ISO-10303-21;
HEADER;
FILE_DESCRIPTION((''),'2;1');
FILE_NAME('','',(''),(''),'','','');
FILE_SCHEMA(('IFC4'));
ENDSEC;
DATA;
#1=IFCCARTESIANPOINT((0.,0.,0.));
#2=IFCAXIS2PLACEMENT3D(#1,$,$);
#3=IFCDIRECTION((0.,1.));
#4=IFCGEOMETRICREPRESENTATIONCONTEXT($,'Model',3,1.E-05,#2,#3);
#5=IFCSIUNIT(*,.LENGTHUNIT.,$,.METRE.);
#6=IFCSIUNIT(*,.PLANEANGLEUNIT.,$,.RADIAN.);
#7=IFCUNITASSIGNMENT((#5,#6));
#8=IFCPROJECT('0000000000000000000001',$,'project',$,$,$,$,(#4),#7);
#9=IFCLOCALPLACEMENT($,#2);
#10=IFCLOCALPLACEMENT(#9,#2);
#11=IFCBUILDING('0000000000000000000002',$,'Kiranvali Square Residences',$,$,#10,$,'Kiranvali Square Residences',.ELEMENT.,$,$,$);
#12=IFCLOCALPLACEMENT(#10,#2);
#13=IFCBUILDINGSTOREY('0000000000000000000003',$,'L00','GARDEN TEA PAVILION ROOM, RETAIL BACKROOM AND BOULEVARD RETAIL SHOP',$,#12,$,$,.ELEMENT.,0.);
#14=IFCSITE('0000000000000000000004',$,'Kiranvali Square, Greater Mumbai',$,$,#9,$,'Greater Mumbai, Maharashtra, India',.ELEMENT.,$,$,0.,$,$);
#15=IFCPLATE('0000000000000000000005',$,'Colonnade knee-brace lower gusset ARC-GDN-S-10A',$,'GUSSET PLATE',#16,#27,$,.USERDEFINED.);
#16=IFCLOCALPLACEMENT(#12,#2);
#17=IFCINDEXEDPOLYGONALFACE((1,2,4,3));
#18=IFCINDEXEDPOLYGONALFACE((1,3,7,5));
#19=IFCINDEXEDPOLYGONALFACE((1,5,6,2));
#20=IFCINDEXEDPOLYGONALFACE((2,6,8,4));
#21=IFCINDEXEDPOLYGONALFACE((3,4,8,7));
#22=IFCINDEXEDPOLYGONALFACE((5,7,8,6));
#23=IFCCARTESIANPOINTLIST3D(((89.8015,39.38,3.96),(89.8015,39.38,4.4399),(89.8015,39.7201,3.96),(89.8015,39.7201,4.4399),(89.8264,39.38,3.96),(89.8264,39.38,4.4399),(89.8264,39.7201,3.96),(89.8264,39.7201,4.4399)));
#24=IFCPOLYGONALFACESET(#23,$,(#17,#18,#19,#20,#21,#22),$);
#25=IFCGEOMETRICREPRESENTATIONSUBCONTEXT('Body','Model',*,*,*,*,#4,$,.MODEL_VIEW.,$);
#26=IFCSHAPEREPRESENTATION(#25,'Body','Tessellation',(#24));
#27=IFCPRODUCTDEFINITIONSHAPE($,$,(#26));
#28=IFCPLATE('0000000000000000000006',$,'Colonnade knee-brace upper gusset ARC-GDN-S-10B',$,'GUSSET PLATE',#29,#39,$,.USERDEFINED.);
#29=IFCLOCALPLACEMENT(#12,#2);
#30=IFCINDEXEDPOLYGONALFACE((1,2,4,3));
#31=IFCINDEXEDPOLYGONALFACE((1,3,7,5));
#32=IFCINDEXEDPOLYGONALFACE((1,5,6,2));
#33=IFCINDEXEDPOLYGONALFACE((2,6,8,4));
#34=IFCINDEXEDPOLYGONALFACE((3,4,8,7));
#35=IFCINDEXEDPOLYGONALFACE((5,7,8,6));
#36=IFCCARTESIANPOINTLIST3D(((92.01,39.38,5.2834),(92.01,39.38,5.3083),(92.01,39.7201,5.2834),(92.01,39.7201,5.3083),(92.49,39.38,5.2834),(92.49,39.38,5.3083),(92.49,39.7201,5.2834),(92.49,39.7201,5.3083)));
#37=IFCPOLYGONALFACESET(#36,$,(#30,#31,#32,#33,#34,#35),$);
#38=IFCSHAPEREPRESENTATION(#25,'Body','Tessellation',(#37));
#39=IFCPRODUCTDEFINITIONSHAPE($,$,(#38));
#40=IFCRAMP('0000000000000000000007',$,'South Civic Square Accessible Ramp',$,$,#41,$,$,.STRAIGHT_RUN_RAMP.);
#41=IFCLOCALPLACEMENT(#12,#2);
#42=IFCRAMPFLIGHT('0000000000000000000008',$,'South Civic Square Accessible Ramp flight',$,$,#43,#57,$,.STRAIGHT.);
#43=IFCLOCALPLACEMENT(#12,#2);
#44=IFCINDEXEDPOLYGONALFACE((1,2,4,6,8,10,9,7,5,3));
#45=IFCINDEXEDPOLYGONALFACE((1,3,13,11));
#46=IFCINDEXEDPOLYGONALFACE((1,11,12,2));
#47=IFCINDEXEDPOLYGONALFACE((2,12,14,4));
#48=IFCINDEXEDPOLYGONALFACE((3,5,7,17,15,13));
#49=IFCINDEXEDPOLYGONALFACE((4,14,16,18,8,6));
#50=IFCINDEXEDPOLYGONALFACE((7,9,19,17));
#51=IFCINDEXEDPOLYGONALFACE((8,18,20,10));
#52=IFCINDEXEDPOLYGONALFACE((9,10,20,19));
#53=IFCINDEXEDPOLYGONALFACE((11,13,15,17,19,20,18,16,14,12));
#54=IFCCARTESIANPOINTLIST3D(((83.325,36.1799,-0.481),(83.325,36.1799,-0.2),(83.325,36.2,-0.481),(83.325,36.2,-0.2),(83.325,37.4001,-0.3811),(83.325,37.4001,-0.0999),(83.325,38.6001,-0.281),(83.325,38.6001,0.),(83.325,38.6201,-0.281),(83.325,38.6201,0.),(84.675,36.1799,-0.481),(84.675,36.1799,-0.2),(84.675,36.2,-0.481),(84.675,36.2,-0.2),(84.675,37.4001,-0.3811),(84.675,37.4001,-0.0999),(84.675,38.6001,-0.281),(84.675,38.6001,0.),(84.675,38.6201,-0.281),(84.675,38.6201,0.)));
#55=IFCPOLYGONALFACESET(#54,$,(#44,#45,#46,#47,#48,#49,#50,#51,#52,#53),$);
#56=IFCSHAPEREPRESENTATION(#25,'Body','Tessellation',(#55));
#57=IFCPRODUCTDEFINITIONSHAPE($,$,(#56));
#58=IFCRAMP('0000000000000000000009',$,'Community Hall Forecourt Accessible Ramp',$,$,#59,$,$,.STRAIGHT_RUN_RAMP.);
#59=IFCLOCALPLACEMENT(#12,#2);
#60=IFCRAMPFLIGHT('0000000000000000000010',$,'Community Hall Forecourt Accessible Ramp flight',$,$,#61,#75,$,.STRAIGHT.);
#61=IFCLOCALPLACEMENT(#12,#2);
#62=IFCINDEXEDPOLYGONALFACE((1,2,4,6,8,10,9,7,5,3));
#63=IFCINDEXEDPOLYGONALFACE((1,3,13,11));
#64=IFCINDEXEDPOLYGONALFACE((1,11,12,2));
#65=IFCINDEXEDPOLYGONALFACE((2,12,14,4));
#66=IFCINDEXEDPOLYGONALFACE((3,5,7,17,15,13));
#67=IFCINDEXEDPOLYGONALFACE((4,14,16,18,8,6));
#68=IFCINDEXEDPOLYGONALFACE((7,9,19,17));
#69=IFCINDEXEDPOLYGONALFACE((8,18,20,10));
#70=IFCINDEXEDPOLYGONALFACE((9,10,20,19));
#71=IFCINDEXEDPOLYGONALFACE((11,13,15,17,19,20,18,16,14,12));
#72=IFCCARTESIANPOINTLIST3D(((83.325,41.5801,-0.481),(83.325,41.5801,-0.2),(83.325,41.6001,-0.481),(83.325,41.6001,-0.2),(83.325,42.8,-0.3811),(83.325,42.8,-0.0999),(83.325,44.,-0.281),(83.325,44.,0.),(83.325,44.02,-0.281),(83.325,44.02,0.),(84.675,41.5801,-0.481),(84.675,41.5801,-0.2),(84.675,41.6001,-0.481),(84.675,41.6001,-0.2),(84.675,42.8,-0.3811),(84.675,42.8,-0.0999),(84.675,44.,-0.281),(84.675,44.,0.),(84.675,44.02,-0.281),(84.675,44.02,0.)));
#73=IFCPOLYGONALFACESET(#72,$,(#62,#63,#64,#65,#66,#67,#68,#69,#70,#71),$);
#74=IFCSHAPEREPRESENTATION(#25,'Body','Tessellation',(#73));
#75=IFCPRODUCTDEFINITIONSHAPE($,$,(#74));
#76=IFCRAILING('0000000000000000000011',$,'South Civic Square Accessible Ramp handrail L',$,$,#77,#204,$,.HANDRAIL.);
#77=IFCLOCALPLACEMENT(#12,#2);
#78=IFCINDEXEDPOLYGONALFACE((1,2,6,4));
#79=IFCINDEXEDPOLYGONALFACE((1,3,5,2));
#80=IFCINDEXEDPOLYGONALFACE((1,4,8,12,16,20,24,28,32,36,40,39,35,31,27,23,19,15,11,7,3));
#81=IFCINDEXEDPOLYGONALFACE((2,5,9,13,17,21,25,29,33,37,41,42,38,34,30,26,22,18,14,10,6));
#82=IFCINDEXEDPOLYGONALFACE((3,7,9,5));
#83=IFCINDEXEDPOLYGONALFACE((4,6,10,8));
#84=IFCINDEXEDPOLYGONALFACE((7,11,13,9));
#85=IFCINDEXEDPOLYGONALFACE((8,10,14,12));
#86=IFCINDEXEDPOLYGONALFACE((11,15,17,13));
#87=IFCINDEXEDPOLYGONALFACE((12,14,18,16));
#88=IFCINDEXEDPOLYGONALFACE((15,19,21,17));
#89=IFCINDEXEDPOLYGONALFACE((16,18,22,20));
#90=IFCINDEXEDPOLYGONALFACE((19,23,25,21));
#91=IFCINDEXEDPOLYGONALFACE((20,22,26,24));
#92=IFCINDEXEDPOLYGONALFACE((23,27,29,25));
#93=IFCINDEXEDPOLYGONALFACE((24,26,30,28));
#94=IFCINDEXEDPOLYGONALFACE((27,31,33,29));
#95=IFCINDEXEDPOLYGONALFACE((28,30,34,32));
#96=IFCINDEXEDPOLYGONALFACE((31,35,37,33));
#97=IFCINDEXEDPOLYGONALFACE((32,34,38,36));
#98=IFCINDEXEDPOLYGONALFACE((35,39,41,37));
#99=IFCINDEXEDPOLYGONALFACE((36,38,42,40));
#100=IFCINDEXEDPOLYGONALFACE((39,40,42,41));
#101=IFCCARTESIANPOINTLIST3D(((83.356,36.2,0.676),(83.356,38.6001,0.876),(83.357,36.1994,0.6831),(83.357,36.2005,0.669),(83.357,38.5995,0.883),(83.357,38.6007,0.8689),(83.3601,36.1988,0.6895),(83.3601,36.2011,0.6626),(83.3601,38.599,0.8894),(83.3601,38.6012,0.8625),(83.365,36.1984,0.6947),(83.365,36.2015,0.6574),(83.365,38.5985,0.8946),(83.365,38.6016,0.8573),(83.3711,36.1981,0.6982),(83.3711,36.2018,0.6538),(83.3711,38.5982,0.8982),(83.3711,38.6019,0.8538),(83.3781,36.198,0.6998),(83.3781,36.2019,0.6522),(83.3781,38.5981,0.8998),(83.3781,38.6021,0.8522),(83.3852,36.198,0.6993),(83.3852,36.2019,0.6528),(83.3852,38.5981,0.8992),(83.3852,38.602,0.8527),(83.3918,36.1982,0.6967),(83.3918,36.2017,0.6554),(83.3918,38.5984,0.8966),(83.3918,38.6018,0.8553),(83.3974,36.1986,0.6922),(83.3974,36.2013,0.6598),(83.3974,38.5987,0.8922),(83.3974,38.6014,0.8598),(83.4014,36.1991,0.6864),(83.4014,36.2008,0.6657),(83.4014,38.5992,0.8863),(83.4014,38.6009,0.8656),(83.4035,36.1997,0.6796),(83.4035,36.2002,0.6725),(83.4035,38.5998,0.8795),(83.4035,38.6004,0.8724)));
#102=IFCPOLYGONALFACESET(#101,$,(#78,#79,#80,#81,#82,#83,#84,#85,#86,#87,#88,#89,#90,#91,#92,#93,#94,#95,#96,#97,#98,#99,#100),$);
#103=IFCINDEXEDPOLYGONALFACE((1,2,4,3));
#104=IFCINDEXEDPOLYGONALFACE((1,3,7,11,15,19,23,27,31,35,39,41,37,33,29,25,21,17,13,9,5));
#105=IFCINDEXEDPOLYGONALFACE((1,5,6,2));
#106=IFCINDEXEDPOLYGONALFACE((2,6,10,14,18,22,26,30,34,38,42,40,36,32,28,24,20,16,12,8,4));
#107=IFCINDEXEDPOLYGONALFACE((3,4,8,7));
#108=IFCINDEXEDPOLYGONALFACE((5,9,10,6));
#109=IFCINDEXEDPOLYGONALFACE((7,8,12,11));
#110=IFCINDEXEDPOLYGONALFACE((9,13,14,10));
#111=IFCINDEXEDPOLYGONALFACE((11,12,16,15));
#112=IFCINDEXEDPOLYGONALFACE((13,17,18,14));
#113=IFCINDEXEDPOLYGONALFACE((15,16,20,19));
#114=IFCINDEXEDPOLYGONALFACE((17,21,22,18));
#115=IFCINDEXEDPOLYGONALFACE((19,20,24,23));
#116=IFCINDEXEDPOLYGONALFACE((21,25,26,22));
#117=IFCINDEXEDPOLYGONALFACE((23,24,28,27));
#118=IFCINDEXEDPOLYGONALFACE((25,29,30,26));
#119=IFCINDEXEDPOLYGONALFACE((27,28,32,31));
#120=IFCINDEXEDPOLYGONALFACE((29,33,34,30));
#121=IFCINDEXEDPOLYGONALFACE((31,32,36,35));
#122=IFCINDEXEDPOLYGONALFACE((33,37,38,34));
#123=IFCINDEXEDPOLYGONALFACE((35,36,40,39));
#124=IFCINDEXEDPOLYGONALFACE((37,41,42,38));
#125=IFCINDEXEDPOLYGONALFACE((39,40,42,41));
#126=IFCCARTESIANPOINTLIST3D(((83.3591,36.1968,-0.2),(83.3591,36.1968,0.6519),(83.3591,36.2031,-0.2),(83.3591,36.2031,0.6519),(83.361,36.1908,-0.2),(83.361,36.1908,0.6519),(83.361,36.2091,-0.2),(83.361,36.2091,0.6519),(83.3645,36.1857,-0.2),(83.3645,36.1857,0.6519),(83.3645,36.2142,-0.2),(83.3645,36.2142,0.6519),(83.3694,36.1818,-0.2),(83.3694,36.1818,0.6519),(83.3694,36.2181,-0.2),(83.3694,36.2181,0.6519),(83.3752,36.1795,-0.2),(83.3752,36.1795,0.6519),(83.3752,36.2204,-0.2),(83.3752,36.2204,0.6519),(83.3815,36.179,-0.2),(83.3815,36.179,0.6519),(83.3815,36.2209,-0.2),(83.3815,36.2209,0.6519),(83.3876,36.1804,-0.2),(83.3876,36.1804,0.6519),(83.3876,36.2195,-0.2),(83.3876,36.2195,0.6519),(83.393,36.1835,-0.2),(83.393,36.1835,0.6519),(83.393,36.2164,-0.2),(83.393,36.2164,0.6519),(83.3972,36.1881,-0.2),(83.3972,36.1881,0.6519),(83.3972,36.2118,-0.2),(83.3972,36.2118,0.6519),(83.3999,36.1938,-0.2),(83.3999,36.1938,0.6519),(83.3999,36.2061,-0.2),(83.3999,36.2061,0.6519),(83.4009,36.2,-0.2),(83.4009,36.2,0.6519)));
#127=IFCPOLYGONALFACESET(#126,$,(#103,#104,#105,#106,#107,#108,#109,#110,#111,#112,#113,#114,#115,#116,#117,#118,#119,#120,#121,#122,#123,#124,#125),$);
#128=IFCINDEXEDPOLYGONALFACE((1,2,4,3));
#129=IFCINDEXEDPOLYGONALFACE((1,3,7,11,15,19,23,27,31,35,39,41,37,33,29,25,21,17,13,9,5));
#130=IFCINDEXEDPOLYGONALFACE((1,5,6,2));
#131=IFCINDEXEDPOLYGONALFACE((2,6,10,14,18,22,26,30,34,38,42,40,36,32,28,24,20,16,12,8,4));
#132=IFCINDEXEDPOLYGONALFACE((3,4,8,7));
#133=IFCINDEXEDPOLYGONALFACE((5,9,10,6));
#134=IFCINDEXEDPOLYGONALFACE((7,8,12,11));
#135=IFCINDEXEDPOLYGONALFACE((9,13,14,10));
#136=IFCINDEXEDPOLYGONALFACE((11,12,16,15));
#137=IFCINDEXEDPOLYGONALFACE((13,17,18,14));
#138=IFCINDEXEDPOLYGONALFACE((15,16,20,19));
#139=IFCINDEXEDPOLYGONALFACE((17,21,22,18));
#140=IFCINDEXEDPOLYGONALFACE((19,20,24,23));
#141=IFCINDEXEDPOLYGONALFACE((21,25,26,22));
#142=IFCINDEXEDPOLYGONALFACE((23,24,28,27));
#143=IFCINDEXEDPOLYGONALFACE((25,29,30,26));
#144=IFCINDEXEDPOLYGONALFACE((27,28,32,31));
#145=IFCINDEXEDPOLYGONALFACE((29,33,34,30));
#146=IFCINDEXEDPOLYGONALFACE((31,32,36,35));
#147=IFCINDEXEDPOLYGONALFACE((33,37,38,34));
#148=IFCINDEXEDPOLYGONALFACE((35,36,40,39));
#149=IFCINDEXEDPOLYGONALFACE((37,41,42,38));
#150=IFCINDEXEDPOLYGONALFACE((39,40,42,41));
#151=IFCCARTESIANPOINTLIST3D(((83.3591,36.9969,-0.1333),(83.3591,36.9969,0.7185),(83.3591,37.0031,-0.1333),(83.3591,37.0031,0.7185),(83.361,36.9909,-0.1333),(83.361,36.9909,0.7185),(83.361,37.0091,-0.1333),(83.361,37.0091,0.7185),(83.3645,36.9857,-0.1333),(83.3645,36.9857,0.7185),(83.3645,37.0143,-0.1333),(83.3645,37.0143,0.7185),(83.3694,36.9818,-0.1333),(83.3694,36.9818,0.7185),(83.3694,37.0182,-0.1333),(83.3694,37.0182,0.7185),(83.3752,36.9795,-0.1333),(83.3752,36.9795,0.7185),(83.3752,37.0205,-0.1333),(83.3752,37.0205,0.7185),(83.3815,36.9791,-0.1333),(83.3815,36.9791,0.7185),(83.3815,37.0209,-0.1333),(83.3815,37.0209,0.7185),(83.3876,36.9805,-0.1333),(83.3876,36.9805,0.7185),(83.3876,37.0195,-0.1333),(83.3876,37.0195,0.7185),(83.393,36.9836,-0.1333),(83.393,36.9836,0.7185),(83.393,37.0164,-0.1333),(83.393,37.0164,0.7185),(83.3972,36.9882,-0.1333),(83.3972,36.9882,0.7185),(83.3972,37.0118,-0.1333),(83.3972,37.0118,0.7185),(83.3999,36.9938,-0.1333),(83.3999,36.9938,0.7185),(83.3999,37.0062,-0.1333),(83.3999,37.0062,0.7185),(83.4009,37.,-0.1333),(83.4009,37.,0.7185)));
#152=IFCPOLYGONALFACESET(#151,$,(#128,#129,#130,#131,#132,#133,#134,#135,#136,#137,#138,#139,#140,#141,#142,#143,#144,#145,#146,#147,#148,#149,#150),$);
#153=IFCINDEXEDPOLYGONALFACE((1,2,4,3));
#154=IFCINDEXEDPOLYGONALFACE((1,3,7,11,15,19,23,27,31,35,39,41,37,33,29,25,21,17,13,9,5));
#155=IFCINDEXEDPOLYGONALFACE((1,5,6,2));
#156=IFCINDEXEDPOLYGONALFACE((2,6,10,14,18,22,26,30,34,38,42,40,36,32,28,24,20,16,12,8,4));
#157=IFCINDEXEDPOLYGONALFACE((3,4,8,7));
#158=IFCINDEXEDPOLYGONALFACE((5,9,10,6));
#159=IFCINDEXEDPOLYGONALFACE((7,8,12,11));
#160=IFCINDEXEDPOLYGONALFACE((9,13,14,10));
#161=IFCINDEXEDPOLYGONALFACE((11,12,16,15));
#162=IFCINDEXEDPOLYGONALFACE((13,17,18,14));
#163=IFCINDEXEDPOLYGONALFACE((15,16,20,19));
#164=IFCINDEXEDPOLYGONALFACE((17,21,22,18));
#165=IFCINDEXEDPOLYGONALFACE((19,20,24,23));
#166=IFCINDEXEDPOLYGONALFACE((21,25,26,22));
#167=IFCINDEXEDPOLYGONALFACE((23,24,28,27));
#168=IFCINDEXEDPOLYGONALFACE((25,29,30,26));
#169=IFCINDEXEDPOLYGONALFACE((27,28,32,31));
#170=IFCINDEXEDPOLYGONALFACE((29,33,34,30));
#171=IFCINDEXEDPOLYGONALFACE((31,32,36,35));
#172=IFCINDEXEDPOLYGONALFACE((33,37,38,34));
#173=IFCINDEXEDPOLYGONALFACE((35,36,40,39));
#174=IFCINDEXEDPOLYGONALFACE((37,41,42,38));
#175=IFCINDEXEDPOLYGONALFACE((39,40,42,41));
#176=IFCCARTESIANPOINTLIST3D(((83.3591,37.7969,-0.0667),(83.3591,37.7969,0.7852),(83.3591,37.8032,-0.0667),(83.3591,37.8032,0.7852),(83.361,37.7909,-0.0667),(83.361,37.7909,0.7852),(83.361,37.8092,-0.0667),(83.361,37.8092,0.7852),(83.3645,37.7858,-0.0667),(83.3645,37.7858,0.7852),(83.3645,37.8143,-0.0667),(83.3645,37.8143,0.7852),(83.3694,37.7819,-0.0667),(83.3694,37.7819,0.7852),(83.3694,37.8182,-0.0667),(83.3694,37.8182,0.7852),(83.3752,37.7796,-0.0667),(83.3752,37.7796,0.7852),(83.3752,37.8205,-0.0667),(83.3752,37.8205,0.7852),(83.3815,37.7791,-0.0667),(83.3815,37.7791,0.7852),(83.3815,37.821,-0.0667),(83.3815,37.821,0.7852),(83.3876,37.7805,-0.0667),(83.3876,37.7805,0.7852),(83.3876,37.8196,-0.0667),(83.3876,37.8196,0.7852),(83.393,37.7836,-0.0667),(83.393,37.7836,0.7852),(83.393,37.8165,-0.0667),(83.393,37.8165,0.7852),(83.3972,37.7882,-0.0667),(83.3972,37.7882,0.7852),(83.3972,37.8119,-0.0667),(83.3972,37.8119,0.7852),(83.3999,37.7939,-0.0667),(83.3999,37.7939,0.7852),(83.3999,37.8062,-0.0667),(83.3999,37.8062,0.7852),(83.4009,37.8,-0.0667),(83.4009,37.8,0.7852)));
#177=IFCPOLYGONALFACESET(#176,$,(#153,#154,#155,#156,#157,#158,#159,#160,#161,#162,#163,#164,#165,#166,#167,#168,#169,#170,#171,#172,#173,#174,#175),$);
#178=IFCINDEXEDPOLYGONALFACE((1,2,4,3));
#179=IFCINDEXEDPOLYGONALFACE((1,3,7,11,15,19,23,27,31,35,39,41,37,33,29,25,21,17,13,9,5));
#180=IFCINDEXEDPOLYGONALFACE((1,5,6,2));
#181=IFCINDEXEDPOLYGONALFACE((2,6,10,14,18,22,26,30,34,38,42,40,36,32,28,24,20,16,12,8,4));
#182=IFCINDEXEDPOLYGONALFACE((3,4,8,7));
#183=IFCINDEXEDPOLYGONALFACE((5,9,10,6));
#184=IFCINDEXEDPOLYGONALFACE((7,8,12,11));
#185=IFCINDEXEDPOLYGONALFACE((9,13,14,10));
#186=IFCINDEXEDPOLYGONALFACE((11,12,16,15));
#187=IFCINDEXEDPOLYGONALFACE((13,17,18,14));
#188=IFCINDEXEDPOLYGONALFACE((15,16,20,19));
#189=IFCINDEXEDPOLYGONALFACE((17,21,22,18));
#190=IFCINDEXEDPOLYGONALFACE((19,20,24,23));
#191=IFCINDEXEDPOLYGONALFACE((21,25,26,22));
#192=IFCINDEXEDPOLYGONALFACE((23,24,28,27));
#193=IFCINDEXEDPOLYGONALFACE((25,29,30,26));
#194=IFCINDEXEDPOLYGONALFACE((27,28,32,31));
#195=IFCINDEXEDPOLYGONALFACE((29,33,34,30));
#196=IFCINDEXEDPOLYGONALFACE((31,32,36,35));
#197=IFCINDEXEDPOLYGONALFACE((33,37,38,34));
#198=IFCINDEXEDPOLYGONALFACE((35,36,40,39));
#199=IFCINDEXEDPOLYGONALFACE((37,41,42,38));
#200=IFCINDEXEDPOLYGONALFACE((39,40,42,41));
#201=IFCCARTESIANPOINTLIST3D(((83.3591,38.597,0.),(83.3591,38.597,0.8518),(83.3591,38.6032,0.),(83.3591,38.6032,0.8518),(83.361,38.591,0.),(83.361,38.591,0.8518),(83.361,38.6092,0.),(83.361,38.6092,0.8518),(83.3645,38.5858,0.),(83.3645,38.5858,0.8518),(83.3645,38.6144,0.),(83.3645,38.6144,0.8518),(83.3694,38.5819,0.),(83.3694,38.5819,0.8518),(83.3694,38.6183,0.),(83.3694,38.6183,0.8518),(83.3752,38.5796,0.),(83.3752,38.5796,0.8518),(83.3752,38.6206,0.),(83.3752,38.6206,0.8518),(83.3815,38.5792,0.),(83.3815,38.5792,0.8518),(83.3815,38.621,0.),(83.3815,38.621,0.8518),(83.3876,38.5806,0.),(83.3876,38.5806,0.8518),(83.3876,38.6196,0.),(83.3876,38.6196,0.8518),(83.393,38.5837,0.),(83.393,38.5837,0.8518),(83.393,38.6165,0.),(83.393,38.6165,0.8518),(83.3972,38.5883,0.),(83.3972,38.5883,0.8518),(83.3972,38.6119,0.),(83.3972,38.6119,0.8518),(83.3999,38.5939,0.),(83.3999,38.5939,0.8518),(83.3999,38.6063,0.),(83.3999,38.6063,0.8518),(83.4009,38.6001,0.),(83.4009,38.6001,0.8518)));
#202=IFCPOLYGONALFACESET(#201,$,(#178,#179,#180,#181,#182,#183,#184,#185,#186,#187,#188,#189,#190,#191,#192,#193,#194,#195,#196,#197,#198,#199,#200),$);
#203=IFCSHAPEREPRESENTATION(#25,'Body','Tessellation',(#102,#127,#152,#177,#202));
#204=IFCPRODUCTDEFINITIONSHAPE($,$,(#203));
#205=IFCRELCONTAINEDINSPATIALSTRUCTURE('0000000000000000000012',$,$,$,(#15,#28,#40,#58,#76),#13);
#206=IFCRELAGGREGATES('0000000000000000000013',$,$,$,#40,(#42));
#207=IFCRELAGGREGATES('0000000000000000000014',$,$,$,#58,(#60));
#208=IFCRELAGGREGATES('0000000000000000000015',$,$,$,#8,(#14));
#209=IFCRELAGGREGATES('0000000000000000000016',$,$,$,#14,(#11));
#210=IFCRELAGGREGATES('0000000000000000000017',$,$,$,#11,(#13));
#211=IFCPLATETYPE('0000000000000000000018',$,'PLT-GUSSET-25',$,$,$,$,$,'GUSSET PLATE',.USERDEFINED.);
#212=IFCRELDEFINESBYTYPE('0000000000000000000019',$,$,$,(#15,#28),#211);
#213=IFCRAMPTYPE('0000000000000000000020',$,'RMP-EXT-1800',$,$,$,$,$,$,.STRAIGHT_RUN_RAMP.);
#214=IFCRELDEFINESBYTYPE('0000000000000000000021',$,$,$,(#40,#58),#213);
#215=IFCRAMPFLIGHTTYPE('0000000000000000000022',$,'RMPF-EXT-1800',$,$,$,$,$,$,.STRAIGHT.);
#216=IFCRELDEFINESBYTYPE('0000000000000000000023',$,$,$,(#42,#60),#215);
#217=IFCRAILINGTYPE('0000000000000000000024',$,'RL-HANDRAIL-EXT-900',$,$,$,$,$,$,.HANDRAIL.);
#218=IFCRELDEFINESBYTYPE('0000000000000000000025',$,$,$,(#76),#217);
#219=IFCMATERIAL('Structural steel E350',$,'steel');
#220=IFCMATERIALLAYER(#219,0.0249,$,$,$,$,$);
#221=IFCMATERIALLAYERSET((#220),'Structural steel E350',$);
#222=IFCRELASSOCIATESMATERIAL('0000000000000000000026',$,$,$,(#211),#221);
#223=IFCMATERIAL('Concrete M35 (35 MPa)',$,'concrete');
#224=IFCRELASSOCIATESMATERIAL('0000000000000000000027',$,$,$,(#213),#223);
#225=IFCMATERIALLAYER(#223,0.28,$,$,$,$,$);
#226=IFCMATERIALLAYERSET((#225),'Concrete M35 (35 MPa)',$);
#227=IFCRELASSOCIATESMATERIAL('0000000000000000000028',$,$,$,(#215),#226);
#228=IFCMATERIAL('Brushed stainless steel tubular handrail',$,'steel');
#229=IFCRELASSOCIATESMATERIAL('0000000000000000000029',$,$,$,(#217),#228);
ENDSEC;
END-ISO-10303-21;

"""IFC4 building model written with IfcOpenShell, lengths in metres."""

from ifc_helpers import new_model, si_unit, direction, frame, origin, origin_2d, place, context, subcontext, project, spatial, polyline, rectangle, circle, outline, extrude, material, layer, layer_set, type_object, element, aggregate, save


model = new_model("IFC4")

# Units and contexts
model_context = context("Model", 3, precision=1e-05, world=origin(), true_north=direction((0.0, 1.0)))
body_context = subcontext(model_context, "Body", "Model", "MODEL_VIEW")
ifc_project = project(units=[si_unit("LENGTHUNIT", "METRE"), si_unit("PLANEANGLEUNIT", "RADIAN")], contexts=[model_context])

# Site, building, storey
site_placement = place(None, origin())
site = spatial("IfcSite", under=ifc_project, at=site_placement, Name="Kiranvali Square, Greater Mumbai", LongName="Greater Mumbai, Maharashtra, India", CompositionType="ELEMENT", RefElevation=0.0)
building_placement = place(site_placement, origin())
building = spatial("IfcBuilding", under=site, at=building_placement, Name="Kiranvali Square Residences", LongName="Kiranvali Square Residences", CompositionType="ELEMENT")
storey_placement = place(building_placement, origin())
storey = spatial("IfcBuildingStorey", under=building, at=storey_placement, Name="L00", Description="GARDEN TEA PAVILION ROOM, RETAIL BACKROOM AND BOULEVARD RETAIL SHOP", CompositionType="ELEMENT", Elevation=0.0)

# Shared definitions
ifc_material_1 = material(Name="Structural steel E350", Category="steel")

# Plates
ifc_layer_1 = layer(ifc_material_1, 0.0249)
ifc_layer_set_1 = layer_set([ifc_layer_1], Name="Structural steel E350")
plate_type_1 = type_object("IfcPlateType", Name="PLT-GUSSET-25", ElementType="GUSSET PLATE", PredefinedType="USERDEFINED", material=ifc_layer_set_1)
plate_1_placement = place(storey_placement, frame((89.814, 39.55, 3.96), z_axis=(0.0, 0.0, 1.0), x_axis=(1.0, 0.0, 0.0)))
element("IfcPlate", 1, at=plate_1_placement, inside=storey, type_object=plate_type_1, Name="Colonnade knee-brace lower gusset ARC-GDN-S-10A", ObjectType="GUSSET PLATE", PredefinedType="USERDEFINED", context=body_context, shape_type="SweptSolid", body=[
    extrude(rectangle(XDim=0.0249, YDim=0.3401, at=origin_2d()), origin(), (0.0, 0.0, 1.0), 0.48),
])
plate_2_placement = place(storey_placement, frame((92.25, 39.55, 5.2834), z_axis=(0.0, 0.0, 1.0), x_axis=(1.0, 0.0, 0.0)))
element("IfcPlate", 2, at=plate_2_placement, inside=storey, type_object=plate_type_1, Name="Colonnade knee-brace upper gusset ARC-GDN-S-10B", ObjectType="GUSSET PLATE", PredefinedType="USERDEFINED", context=body_context, shape_type="SweptSolid", body=[
    extrude(rectangle(XDim=0.48, YDim=0.3401, at=origin_2d()), origin(), (0.0, 0.0, 1.0), 0.0249),
])

# Ramps, ramp flights
ifc_material_2 = material(Name="Concrete M35 (35 MPa)", Category="concrete")
ramp_type = type_object("IfcRampType", Name="RMP-EXT-1800", PredefinedType="STRAIGHT_RUN_RAMP", material=ifc_material_2)
ramp_1_placement = place(storey_placement, origin())
ramp_1 = element("IfcRamp", 3, at=ramp_1_placement, inside=storey, type_object=ramp_type, Name="South Civic Square Accessible Ramp", PredefinedType="STRAIGHT_RUN_RAMP")
ifc_layer_2 = layer(ifc_material_2, 0.28)
ifc_layer_set_2 = layer_set([ifc_layer_2], Name="Concrete M35 (35 MPa)")
ramp_flight_type = type_object("IfcRampFlightType", Name="RMPF-EXT-1800", PredefinedType="STRAIGHT", material=ifc_layer_set_2)
ramp_flight_1_placement = place(storey_placement, frame((84.0, 36.2, -0.2), z_axis=(0.0, 0.0, 1.0), x_axis=(0.0, 1.0, 0.0)))
ramp_flight_1 = element("IfcRampFlight", 4, at=ramp_flight_1_placement, type_object=ramp_flight_type, Name="South Civic Square Accessible Ramp flight", PredefinedType="STRAIGHT", context=body_context, shape_type="SweptSolid", body=[
    extrude(outline(polyline([(-0.02, 0.0), (0.0, 0.0), (1.2002, 0.1001), (2.4001, 0.2), (2.4202, 0.2), (2.4202, -0.0811), (2.4001, -0.0811), (1.2002, -0.1812), (0.0, -0.281), (-0.02, -0.281), (-0.02, 0.0)])), frame((0.0, 0.675, 0.0), z_axis=(0.0, -1.0, 0.0), x_axis=(1.0, 0.0, 0.0)), (0.0, 0.0, 1.0), 1.3501),
])
aggregate(ramp_1, [ramp_flight_1])
ramp_2_placement = place(storey_placement, origin())
ramp_2 = element("IfcRamp", 5, at=ramp_2_placement, inside=storey, type_object=ramp_type, Name="Community Hall Forecourt Accessible Ramp", PredefinedType="STRAIGHT_RUN_RAMP")
ramp_flight_2_placement = place(storey_placement, frame((84.0, 41.6001, -0.2), z_axis=(0.0, 0.0, 1.0), x_axis=(0.0, 1.0, 0.0)))
ramp_flight_2 = element("IfcRampFlight", 6, at=ramp_flight_2_placement, type_object=ramp_flight_type, Name="Community Hall Forecourt Accessible Ramp flight", PredefinedType="STRAIGHT", context=body_context, shape_type="SweptSolid", body=[
    extrude(outline(polyline([(-0.02, 0.0), (0.0, 0.0), (1.2, 0.1001), (2.3999, 0.2), (2.4199, 0.2), (2.4199, -0.0811), (2.3999, -0.0811), (1.2, -0.1812), (0.0, -0.281), (-0.02, -0.281), (-0.02, 0.0)])), frame((0.0, 0.675, 0.0), z_axis=(0.0, -1.0, 0.0), x_axis=(1.0, 0.0, 0.0)), (0.0, 0.0, 1.0), 1.3501),
])
aggregate(ramp_2, [ramp_flight_2])

# Railing
ifc_material_3 = material(Name="Brushed stainless steel tubular handrail", Category="steel")
railing_type = type_object("IfcRailingType", Name="RL-HANDRAIL-EXT-900", PredefinedType="HANDRAIL", material=ifc_material_3)
for number, where, name in (
    (7, (83.3799, 36.2, -0.2), "South Civic Square Accessible Ramp handrail L"),
):
    element("IfcRailing", number, at=place(storey_placement, frame(where)), inside=storey, type_object=railing_type, Name=name, PredefinedType="HANDRAIL", context=body_context, shape_type="SweptSolid", body=[
        extrude(circle(Radius=0.0239, at=origin_2d()), frame((0.0, 0.0, 0.876), z_axis=(0.0, 0.996548, 0.08302), x_axis=(-1.0, 0.0, 0.0)), (0.0, 0.0, 1.0), 2.4084),
        extrude(circle(Radius=0.021, at=origin_2d()), origin(), (0.0, 0.0, 1.0), 0.8518),
        extrude(circle(Radius=0.021, at=origin_2d()), frame((0.0, 0.8, 0.0667)), (0.0, 0.0, 1.0), 0.8518),
        extrude(circle(Radius=0.021, at=origin_2d()), frame((0.0, 1.6001, 0.1333)), (0.0, 0.0, 1.0), 0.8518),
        extrude(circle(Radius=0.021, at=origin_2d()), frame((0.0, 2.4001, 0.2)), (0.0, 0.0, 1.0), 0.8518),
    ])

save(model, "model.ifc")
